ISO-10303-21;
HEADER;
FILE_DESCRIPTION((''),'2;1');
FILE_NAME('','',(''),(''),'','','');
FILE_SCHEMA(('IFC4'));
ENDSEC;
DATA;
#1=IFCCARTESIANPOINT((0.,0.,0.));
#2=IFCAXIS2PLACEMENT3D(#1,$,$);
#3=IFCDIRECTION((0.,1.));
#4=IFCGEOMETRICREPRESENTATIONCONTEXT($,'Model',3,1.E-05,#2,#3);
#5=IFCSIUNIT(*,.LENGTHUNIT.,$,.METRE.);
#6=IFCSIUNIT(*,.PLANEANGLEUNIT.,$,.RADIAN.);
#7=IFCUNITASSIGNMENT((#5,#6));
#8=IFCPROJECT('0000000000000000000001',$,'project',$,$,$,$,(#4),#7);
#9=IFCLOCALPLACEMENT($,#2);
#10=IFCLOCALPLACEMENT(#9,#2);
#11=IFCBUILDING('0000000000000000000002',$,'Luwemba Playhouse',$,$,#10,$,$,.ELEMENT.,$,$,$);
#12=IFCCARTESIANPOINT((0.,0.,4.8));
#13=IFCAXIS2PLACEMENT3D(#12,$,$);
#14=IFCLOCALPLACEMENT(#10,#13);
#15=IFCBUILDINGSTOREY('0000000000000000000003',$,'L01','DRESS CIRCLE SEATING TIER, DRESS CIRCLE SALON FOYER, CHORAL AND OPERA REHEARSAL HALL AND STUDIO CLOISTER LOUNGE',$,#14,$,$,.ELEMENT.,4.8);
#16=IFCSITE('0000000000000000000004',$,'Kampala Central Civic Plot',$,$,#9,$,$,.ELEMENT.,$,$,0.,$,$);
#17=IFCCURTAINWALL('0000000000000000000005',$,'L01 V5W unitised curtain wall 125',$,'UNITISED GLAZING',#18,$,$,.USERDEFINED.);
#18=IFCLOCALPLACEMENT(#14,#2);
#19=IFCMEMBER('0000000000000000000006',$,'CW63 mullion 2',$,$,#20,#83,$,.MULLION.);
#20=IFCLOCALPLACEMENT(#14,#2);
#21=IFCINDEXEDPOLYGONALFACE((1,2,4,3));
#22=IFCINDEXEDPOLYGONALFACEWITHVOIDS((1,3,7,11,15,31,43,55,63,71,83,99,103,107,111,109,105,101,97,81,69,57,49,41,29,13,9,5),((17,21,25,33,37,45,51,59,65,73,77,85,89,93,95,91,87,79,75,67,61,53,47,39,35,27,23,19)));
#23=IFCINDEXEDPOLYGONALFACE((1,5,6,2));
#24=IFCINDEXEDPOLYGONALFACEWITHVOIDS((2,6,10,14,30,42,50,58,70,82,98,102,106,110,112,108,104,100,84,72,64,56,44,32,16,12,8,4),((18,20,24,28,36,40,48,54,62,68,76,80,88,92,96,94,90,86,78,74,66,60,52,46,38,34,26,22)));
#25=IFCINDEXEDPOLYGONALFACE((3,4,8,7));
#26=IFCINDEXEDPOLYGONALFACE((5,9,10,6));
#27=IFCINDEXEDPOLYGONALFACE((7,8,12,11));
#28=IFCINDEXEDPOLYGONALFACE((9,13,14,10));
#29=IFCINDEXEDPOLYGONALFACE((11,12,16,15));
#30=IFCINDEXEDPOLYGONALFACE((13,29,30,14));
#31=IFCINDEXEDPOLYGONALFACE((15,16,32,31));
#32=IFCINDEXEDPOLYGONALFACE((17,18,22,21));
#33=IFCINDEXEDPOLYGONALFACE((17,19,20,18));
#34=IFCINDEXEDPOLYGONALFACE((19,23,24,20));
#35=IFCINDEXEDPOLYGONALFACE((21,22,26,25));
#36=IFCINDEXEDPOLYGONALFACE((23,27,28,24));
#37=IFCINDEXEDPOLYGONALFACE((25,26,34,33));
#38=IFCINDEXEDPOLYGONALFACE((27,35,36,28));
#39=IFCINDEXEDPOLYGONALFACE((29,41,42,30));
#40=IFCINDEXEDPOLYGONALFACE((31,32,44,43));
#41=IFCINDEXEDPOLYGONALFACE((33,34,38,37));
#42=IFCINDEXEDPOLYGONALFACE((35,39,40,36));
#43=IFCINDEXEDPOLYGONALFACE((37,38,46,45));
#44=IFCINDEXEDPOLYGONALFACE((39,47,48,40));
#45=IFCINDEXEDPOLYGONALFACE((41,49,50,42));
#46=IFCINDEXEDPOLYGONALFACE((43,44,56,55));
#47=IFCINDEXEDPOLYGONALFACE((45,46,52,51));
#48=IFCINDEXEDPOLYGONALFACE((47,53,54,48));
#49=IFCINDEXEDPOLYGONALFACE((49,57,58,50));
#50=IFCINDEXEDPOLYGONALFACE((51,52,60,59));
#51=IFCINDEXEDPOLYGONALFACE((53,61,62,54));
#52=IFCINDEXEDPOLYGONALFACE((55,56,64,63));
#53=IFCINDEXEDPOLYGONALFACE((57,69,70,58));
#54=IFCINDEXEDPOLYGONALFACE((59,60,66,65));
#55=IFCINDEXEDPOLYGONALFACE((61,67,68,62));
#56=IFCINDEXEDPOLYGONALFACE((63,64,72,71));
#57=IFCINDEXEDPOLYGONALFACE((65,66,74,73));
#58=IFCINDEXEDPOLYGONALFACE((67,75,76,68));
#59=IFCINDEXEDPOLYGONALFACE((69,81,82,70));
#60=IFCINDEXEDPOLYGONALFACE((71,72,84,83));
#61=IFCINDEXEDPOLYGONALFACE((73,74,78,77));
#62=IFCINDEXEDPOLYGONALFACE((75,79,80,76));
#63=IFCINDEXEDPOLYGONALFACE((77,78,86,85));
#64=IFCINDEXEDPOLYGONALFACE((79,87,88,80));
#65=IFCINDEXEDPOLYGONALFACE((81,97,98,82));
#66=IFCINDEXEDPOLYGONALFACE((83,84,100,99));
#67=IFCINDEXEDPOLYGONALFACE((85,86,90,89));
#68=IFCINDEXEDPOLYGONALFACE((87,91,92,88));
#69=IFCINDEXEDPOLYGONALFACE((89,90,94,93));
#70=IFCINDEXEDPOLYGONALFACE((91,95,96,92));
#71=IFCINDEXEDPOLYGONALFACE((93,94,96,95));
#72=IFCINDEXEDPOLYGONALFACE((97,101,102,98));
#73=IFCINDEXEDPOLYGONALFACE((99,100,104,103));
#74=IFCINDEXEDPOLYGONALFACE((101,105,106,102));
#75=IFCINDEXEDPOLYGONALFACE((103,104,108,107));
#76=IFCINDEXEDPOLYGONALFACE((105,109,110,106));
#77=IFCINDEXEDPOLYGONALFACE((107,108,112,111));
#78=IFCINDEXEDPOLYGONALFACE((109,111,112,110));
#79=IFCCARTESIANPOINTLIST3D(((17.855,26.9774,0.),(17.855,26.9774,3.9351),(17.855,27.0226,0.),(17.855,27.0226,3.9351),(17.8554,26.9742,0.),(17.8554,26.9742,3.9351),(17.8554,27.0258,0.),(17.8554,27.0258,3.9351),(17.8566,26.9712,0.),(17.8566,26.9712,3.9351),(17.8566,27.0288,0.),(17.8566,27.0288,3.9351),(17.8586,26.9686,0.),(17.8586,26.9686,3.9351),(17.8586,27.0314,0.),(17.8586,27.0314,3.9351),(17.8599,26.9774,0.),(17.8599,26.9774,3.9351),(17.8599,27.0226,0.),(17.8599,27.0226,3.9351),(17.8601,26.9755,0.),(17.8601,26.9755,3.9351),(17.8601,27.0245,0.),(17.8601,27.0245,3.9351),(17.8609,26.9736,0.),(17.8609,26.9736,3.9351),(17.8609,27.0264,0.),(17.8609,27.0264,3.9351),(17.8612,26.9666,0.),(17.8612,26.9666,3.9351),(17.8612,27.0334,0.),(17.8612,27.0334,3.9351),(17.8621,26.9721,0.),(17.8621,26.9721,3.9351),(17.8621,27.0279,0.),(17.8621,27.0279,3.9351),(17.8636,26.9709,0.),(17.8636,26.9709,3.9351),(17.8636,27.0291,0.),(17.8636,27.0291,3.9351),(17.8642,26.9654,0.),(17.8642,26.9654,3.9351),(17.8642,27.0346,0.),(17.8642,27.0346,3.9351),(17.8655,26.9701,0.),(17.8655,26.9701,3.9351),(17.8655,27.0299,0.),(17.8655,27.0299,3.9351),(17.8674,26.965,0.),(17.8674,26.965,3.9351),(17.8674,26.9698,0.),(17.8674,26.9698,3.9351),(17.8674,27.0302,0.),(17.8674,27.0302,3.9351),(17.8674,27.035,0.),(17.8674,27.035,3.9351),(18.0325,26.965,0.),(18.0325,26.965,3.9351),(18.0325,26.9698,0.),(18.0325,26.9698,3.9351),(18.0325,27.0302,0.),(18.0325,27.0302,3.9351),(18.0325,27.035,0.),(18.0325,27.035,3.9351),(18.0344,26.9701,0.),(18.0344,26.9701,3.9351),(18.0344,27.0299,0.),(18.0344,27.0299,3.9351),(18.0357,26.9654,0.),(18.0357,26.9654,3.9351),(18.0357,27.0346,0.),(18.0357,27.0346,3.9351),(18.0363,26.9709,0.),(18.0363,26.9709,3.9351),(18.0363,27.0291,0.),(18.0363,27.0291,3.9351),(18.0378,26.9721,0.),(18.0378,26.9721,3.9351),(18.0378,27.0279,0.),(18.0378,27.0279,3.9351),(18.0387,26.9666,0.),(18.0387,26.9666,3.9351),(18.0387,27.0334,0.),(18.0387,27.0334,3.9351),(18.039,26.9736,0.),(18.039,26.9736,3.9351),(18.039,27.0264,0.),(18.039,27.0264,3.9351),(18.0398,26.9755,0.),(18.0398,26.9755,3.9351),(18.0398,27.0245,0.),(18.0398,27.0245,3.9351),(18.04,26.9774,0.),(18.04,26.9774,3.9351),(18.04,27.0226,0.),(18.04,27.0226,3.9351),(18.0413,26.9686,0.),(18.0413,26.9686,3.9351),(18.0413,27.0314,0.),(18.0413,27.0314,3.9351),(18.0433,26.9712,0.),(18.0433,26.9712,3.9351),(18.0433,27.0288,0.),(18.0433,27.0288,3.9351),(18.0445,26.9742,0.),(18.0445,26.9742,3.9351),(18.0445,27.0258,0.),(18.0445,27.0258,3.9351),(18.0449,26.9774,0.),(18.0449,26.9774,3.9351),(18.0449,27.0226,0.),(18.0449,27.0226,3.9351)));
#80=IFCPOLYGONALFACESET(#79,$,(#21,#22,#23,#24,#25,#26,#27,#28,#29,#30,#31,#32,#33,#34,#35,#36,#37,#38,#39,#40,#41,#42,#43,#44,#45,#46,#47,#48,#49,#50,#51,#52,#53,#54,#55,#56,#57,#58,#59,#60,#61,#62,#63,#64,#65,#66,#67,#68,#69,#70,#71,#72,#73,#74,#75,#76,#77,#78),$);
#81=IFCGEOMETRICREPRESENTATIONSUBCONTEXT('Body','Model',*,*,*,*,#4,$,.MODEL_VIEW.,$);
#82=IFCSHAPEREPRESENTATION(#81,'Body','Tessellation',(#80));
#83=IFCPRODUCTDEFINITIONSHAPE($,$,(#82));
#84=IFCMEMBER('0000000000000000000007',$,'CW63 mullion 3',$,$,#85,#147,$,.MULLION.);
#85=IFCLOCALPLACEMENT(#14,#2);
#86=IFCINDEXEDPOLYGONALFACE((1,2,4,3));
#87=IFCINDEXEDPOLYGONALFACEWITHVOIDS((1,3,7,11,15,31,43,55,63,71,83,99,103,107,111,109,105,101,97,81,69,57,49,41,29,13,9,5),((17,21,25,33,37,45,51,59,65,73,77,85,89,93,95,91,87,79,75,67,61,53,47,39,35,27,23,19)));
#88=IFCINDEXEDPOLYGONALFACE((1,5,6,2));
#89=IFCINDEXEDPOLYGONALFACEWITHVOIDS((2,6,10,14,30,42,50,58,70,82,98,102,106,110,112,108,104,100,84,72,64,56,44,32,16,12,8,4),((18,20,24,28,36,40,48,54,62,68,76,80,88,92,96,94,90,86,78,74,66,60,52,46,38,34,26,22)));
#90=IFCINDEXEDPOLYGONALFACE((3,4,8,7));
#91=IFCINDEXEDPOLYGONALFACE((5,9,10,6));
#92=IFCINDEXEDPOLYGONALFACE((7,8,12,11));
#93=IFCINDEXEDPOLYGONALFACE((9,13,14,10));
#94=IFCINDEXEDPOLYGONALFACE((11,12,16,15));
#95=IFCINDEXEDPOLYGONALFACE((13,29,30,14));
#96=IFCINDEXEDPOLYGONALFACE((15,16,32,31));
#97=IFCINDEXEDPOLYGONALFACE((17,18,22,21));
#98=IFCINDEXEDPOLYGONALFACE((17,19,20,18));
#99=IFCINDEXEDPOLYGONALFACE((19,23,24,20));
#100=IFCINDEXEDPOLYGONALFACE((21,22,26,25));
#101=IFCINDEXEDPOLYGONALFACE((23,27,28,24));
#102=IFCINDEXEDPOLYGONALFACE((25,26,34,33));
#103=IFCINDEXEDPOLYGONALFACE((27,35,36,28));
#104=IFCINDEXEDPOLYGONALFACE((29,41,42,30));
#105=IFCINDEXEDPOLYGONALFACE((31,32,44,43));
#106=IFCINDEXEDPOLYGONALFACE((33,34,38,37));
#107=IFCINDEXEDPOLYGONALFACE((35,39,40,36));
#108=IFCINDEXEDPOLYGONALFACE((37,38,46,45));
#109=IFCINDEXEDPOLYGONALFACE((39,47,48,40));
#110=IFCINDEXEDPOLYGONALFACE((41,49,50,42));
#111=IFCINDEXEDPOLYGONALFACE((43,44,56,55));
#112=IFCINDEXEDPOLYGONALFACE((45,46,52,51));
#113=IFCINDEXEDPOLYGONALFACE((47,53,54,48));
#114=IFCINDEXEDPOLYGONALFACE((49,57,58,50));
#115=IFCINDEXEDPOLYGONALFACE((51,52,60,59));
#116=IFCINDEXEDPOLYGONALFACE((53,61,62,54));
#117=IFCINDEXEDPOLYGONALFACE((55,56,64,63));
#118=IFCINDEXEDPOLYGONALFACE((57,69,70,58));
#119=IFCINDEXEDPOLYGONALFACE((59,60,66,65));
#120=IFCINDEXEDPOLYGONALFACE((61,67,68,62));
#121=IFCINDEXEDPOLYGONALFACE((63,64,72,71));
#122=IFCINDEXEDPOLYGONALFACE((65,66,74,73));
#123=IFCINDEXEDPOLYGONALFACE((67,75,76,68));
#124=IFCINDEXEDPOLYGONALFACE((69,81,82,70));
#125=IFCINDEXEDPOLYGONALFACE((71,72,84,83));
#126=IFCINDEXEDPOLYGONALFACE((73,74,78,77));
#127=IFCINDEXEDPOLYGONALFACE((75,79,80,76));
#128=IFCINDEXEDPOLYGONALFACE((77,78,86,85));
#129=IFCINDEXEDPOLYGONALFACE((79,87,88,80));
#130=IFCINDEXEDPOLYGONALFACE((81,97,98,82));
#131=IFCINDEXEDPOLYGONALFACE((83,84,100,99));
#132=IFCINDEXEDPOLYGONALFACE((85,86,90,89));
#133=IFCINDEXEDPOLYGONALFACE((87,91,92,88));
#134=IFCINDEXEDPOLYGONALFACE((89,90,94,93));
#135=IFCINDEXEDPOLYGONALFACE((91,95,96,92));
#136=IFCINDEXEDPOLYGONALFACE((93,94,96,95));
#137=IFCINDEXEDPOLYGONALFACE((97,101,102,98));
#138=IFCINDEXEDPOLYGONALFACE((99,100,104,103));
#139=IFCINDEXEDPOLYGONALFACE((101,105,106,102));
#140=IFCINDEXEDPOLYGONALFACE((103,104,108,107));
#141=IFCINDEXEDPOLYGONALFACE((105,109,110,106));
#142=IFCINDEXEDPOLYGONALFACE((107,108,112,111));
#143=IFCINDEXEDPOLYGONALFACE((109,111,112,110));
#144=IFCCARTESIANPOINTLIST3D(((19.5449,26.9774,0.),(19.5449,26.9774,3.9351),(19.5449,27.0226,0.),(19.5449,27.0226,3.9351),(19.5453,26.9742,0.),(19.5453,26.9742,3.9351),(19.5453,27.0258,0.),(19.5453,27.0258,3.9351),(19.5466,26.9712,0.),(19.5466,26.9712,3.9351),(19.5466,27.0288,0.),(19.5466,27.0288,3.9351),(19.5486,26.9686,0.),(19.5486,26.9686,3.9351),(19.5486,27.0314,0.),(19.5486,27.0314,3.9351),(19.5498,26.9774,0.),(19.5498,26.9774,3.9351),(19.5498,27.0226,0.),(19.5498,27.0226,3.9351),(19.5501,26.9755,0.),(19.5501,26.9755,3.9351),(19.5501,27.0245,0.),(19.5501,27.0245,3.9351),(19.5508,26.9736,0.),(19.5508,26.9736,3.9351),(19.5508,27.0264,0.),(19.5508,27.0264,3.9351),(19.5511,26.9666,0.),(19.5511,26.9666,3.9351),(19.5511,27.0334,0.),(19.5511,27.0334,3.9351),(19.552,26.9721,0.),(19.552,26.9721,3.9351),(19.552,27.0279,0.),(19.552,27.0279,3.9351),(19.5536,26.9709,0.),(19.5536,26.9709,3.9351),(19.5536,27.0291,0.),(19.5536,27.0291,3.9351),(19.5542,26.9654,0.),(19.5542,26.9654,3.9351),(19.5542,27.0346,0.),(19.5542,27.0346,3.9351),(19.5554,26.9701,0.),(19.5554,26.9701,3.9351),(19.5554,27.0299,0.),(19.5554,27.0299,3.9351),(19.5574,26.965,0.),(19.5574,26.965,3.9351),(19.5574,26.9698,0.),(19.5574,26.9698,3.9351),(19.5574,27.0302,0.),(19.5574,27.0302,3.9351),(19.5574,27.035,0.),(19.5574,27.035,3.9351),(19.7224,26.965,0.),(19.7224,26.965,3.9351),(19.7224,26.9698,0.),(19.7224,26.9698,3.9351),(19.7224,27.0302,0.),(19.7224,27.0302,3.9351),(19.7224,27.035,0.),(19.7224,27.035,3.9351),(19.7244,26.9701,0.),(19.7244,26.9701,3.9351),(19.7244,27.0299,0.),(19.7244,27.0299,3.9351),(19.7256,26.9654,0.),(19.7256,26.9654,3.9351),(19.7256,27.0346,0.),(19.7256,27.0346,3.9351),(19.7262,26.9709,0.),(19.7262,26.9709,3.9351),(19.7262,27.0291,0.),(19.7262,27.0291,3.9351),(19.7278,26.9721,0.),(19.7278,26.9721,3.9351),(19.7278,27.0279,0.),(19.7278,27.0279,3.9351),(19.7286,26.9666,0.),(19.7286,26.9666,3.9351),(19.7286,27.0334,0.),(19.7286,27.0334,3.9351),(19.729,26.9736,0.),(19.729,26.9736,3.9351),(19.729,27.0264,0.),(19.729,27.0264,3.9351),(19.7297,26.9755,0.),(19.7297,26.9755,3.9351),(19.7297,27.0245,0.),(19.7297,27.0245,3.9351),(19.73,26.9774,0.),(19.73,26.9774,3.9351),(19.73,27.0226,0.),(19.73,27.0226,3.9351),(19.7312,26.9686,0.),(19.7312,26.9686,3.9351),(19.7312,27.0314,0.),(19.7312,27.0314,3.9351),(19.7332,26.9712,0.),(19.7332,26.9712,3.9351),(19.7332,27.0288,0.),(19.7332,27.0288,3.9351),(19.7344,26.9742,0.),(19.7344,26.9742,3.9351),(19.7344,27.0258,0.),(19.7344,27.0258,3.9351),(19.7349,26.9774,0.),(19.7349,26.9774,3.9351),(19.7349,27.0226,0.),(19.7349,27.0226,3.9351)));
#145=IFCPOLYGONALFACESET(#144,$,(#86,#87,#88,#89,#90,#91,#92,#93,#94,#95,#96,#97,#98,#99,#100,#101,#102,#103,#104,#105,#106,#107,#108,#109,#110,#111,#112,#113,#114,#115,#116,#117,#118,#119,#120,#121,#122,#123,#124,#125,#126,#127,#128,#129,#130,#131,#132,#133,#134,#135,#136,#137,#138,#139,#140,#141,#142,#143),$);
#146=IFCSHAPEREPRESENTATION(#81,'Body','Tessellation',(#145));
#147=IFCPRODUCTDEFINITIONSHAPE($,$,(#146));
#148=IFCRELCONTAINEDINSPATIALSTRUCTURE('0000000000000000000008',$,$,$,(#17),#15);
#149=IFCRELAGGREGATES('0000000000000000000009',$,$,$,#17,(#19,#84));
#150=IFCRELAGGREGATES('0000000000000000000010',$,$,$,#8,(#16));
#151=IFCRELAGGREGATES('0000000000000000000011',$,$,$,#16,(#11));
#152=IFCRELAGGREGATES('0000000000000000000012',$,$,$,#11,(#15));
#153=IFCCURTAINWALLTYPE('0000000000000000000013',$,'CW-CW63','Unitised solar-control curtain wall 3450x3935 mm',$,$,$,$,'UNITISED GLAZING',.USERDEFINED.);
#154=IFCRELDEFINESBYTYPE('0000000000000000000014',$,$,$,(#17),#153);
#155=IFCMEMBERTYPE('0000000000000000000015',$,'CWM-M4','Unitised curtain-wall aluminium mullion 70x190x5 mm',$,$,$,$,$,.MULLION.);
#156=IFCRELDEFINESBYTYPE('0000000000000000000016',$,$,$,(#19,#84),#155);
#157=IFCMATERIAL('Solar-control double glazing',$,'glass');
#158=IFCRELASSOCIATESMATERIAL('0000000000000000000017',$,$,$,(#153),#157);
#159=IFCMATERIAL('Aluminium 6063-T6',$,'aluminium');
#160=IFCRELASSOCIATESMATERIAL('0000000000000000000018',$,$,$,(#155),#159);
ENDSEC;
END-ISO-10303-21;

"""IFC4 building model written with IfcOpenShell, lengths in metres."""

from ifc_helpers import new_model, si_unit, direction, frame, origin, origin_2d, place, context, subcontext, project, spatial, hollow_rectangle, extrude, material, material_profile, profile_set, type_object, element, aggregate, save


model = new_model("IFC4")

# Units and contexts
model_context = context("Model", 3, precision=1e-05, world=origin(), true_north=direction((0.0, 1.0)))
body_context = subcontext(model_context, "Body", "Model", "MODEL_VIEW")
ifc_project = project(units=[si_unit("LENGTHUNIT", "METRE"), si_unit("PLANEANGLEUNIT", "RADIAN")], contexts=[model_context])

# Site, building, storey
site_placement = place(None, origin())
site = spatial("IfcSite", under=ifc_project, at=site_placement, Name="Kampala Central Civic Plot", CompositionType="ELEMENT", RefElevation=0.0)
building_placement = place(site_placement, origin())
building = spatial("IfcBuilding", under=site, at=building_placement, Name="Luwemba Playhouse", CompositionType="ELEMENT")
storey_placement = place(building_placement, frame((0.0, 0.0, 4.8)))
storey = spatial("IfcBuildingStorey", under=building, at=storey_placement, Name="L01", Description="DRESS CIRCLE SEATING TIER, DRESS CIRCLE SALON FOYER, CHORAL AND OPERA REHEARSAL HALL AND STUDIO CLOISTER LOUNGE", CompositionType="ELEMENT", Elevation=4.8)

# Curtain wall, members
ifc_material_1 = material(Name="Solar-control double glazing", Category="glass")
ifc_material_2 = material(Name="Aluminium 6063-T6", Category="aluminium")
curtain_wall_type_1 = type_object("IfcCurtainWallType", Name="CW-CW63", Description="Unitised solar-control curtain wall 3450x3935 mm", ElementType="UNITISED GLAZING", PredefinedType="USERDEFINED", material=ifc_material_1)
curtain_wall_1_placement = place(storey_placement, origin())
curtain_wall_1 = element("IfcCurtainWall", 1, at=curtain_wall_1_placement, inside=storey, type_object=curtain_wall_type_1, Name="L01 V5W unitised curtain wall 125", ObjectType="UNITISED GLAZING", PredefinedType="USERDEFINED")
ifc_material_profile_1 = material_profile(ifc_material_2, hollow_rectangle(XDim=0.0701, YDim=0.1899, WallThickness=0.0049, InnerFilletRadius=0.0076, OuterFilletRadius=0.0125, at=origin_2d()))
ifc_profile_set_1 = profile_set([ifc_material_profile_1], Name="Aluminium 6063-T6")
member_type_1 = type_object("IfcMemberType", Name="CWM-M4", Description="Unitised curtain-wall aluminium mullion 70x190x5 mm", PredefinedType="MULLION", material=ifc_profile_set_1)
member_1_placement = place(storey_placement, frame((17.95, 27.0, 0.0), z_axis=(0.0, 0.0, 1.0), x_axis=(0.0, 1.0, 0.0)))
member_1 = element("IfcMember", 2, at=member_1_placement, type_object=member_type_1, Name="CW63 mullion 2", PredefinedType="MULLION", context=body_context, shape_type="SweptSolid", body=[
    extrude(hollow_rectangle(XDim=0.0701, YDim=0.1899, WallThickness=0.0049, InnerFilletRadius=0.0076, OuterFilletRadius=0.0125, at=origin_2d()), origin(), (0.0, 0.0, 1.0), 3.9351),
])
member_2_placement = place(storey_placement, frame((19.6399, 27.0, 0.0), z_axis=(0.0, 0.0, 1.0), x_axis=(0.0, 1.0, 0.0)))
member_2 = element("IfcMember", 3, at=member_2_placement, type_object=member_type_1, Name="CW63 mullion 3", PredefinedType="MULLION", context=body_context, shape_type="SweptSolid", body=[
    extrude(hollow_rectangle(XDim=0.0701, YDim=0.1899, WallThickness=0.0049, InnerFilletRadius=0.0076, OuterFilletRadius=0.0125, at=origin_2d()), origin(), (0.0, 0.0, 1.0), 3.9351),
])

aggregate(curtain_wall_1, [member_1, member_2])

save(model, "model.ifc")
